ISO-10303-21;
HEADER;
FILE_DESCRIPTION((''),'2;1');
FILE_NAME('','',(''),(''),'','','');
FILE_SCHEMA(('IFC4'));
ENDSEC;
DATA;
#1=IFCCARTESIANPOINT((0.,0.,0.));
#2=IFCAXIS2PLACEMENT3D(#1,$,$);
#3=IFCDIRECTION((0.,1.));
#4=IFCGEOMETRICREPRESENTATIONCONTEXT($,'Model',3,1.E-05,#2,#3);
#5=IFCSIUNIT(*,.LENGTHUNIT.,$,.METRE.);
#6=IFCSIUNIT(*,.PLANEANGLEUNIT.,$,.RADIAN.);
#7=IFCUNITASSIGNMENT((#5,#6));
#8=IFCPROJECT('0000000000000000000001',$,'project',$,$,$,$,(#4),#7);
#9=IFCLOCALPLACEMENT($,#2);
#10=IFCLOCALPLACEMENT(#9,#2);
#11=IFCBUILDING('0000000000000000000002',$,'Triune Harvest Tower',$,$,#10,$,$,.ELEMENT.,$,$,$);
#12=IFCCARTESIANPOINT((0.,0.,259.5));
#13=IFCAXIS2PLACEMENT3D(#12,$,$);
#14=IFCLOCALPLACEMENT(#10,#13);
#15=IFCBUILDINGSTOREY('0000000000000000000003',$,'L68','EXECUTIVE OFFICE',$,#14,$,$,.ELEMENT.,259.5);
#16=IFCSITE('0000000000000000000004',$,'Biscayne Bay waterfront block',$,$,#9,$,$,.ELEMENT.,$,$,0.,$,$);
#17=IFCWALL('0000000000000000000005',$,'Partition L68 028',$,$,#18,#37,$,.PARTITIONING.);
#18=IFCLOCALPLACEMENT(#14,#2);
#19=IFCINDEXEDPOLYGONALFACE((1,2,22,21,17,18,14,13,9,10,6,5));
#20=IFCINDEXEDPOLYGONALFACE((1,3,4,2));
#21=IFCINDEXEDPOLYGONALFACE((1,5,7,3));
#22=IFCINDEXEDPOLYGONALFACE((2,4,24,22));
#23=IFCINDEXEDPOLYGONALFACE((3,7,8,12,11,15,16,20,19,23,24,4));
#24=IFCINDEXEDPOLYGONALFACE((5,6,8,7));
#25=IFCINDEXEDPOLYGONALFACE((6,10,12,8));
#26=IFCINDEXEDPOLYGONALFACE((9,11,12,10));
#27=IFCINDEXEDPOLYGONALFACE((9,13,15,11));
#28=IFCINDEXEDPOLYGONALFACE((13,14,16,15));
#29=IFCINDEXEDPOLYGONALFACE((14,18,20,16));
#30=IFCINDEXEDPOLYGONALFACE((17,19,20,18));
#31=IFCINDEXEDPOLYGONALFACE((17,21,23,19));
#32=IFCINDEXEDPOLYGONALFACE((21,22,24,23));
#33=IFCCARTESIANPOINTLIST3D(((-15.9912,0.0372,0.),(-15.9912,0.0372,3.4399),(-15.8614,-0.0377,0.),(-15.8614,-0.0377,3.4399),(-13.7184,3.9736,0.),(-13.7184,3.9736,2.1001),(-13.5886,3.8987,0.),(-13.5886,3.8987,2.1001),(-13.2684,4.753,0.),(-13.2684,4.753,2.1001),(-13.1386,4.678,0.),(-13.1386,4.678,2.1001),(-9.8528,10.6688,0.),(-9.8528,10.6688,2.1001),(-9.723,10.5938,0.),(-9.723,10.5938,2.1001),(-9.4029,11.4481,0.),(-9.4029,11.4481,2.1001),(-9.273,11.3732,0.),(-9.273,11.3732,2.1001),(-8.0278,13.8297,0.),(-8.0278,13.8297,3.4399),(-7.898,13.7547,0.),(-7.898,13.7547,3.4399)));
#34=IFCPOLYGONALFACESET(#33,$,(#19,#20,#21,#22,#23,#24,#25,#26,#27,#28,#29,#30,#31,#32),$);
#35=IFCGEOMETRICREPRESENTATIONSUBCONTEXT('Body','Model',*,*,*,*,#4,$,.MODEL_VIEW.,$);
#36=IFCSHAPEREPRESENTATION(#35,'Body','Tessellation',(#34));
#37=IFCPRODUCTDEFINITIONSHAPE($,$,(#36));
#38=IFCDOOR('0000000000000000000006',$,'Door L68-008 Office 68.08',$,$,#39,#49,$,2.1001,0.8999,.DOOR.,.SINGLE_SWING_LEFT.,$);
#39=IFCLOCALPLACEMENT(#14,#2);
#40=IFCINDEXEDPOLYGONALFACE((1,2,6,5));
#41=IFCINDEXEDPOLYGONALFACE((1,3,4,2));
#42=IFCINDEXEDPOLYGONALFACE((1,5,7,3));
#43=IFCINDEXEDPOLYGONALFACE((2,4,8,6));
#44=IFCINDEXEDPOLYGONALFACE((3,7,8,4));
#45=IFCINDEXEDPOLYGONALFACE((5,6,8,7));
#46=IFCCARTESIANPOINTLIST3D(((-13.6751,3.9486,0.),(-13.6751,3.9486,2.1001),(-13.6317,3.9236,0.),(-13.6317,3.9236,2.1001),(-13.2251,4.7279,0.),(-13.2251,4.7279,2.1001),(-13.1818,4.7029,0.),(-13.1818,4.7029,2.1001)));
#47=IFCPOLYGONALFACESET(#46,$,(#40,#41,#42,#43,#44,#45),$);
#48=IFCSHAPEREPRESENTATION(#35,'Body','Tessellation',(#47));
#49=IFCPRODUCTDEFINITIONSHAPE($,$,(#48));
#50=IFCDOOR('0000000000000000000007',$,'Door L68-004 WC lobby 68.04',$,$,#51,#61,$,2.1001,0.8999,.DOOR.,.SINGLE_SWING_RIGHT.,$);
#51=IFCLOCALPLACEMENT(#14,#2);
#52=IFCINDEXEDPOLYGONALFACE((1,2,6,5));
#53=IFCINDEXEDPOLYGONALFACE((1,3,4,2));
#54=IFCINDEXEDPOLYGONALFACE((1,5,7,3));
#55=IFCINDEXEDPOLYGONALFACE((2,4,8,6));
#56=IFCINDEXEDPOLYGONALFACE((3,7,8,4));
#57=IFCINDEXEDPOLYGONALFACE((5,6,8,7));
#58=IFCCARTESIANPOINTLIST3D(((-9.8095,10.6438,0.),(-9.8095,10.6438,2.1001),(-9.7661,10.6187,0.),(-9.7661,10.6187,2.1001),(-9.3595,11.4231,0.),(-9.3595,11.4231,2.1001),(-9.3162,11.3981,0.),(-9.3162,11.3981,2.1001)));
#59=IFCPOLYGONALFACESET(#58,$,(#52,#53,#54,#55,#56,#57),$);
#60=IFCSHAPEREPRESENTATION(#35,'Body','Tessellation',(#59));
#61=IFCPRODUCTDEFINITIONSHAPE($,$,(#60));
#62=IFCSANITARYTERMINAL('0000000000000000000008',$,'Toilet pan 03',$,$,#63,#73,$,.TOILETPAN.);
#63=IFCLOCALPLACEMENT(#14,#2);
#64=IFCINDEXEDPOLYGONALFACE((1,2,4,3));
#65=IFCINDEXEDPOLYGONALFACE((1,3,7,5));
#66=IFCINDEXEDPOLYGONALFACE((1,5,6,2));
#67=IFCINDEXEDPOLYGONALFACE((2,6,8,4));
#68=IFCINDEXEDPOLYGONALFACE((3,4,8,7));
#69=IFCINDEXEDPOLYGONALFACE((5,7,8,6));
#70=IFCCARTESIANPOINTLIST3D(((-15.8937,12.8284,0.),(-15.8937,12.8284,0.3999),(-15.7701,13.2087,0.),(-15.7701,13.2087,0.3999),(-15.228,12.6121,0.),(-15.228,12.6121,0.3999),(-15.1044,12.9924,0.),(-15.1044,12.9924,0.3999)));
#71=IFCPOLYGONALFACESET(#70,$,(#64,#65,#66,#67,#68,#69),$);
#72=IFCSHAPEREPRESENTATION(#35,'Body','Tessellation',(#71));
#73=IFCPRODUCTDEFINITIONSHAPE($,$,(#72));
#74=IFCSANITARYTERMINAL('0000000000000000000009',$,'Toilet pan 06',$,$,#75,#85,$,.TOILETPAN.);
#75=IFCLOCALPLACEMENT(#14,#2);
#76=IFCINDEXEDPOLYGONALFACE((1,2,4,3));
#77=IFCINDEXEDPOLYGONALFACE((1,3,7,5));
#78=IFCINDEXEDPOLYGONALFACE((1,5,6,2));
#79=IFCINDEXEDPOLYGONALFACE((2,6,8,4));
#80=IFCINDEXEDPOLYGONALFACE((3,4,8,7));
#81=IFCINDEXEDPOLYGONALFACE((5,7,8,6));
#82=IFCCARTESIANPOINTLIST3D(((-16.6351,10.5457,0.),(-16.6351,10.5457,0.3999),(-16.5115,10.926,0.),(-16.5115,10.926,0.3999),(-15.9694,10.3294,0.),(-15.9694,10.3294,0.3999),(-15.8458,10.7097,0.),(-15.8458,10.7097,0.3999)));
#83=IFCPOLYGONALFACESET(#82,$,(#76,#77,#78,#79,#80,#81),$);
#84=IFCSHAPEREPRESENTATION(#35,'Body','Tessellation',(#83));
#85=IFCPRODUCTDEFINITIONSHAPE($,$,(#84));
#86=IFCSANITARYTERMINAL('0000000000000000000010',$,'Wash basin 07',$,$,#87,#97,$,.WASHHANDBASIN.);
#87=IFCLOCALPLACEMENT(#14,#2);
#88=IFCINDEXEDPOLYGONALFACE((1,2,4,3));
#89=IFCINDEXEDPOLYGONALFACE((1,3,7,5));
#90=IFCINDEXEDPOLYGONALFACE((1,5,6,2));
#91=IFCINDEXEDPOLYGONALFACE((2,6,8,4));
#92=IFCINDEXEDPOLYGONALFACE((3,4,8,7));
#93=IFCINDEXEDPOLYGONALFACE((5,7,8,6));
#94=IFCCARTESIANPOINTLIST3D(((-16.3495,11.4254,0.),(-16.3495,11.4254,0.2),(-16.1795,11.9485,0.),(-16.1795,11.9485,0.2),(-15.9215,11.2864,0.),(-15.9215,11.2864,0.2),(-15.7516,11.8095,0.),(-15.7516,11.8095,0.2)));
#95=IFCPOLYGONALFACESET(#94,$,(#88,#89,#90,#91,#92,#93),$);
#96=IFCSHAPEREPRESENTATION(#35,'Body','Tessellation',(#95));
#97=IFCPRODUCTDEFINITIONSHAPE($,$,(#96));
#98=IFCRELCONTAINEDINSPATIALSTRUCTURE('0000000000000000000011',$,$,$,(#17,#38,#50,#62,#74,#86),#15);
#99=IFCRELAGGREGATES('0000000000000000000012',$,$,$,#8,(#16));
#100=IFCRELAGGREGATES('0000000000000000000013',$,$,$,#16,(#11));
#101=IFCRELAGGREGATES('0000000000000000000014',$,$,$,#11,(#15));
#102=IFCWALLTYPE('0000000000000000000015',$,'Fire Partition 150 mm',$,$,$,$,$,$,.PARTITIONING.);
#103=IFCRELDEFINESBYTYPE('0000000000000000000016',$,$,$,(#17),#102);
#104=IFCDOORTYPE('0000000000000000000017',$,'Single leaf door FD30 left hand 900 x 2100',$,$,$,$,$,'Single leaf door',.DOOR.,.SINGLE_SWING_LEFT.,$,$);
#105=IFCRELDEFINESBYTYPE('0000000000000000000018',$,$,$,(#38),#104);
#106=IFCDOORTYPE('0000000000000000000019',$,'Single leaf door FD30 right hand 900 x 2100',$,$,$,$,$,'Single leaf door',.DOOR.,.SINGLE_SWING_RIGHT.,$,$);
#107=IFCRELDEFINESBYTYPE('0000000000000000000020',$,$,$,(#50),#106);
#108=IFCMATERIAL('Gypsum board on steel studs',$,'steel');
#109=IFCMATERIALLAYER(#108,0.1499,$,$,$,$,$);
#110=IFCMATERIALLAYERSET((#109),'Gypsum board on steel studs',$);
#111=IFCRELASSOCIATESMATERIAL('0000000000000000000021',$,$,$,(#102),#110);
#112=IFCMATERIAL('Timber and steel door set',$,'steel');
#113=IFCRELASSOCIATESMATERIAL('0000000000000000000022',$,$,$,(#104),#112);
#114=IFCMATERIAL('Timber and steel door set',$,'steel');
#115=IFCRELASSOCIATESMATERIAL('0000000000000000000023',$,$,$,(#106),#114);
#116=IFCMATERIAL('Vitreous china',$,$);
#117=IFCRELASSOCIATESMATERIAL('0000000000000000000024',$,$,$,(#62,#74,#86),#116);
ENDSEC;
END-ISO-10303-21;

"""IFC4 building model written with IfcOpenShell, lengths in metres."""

from ifc_helpers import new_model, si_unit, direction, frame, frame_2d, origin, origin_2d, place, context, subcontext, project, spatial, rectangle, extrude, source, transform, mapped, material, layer, layer_set, type_object, element, fill, save


model = new_model("IFC4")

# Units and contexts
model_context = context("Model", 3, precision=1e-05, world=origin(), true_north=direction((0.0, 1.0)))
body_context = subcontext(model_context, "Body", "Model", "MODEL_VIEW")
ifc_project = project(units=[si_unit("LENGTHUNIT", "METRE"), si_unit("PLANEANGLEUNIT", "RADIAN")], contexts=[model_context])

# Site, building, storey
site_placement = place(None, origin())
site = spatial("IfcSite", under=ifc_project, at=site_placement, Name="Biscayne Bay waterfront block", CompositionType="ELEMENT", RefElevation=0.0)
building_placement = place(site_placement, origin())
building = spatial("IfcBuilding", under=site, at=building_placement, Name="Triune Harvest Tower", CompositionType="ELEMENT")
storey_placement = place(building_placement, frame((0.0, 0.0, 259.5)))
storey = spatial("IfcBuildingStorey", under=building, at=storey_placement, Name="L68", Description="EXECUTIVE OFFICE", CompositionType="ELEMENT", Elevation=259.5)

# Shared definitions
ifc_material_1 = material(Name="Gypsum board on steel studs", Category="steel")
ifc_layer_1 = layer(ifc_material_1, 0.1499)
ifc_layer_set_1 = layer_set([ifc_layer_1], Name="Gypsum board on steel studs")
wall_type_1 = type_object("IfcWallType", Name="Fire Partition 150 mm", PredefinedType="PARTITIONING", material=ifc_layer_set_1)

# Wall, openings, doors
shared_shape_1 = source(origin(), body_context, "Body", "SweptSolid", [
    extrude(rectangle(XDim=15.9263, YDim=0.1499, at=frame_2d((7.9631, 0.0))), origin(), (0.0, 0.0, 1.0), 3.4399),
])
wall_1_placement = place(storey_placement, frame((-15.9263, -0.0002, 0.0), z_axis=(0.0, 0.0, 1.0), x_axis=(0.500013, 0.866018, 0.0)))
wall_1 = element("IfcWall", 1, at=wall_1_placement, inside=storey, type_object=wall_type_1, Name="Partition L68 028", PredefinedType="PARTITIONING", context=body_context, shape_type="MappedRepresentation", body=[
    mapped(shared_shape_1, transform((0.0, 0.0, 0.0), scale=1.0)),
])
opening_1_placement = place(wall_1_placement, frame((12.2764, 0.0, 0.0)))
opening_1 = element("IfcOpeningElement", 2, at=opening_1_placement, cuts=wall_1, PredefinedType="OPENING", context=body_context, shape_type="SweptSolid", body=[
    extrude(rectangle(XDim=0.8999, YDim=2.1001, at=frame_2d((0.45, 1.05))), frame((0.0, 0.085, 0.0), z_axis=(0.0, -1.0, 0.0), x_axis=(1.0, 0.0, 0.0)), (0.0, 0.0, 1.0), 0.1699),
])
opening_2_placement = place(wall_1_placement, frame((4.5454, 0.0, 0.0)))
opening_2 = element("IfcOpeningElement", 3, at=opening_2_placement, cuts=wall_1, PredefinedType="OPENING", context=body_context, shape_type="SweptSolid", body=[
    extrude(rectangle(XDim=0.8999, YDim=2.1001, at=frame_2d((0.45, 1.05))), frame((0.0, 0.085, 0.0), z_axis=(0.0, -1.0, 0.0), x_axis=(1.0, 0.0, 0.0)), (0.0, 0.0, 1.0), 0.1699),
])
ifc_material_2 = material(Name="Timber and steel door set", Category="steel")
door_type_1 = type_object("IfcDoorType", Name="Single leaf door FD30 left hand 900 x 2100", ElementType="Single leaf door", OperationType="SINGLE_SWING_LEFT", PredefinedType="DOOR", material=ifc_material_2)
door_1_placement = place(opening_2_placement, origin())
door_1 = element("IfcDoor", 4, at=door_1_placement, inside=storey, type_object=door_type_1, Name="Door L68-008 Office 68.08", OperationType="SINGLE_SWING_LEFT", OverallHeight=2.1001, OverallWidth=0.8999, PredefinedType="DOOR", context=body_context, shape_type="SweptSolid", body=[
    extrude(rectangle(XDim=0.8999, YDim=2.1001, at=frame_2d((0.45, 1.05))), frame((0.0, 0.0249, 0.0), z_axis=(0.0, -1.0, 0.0), x_axis=(1.0, 0.0, 0.0)), (0.0, 0.0, 1.0), 0.05),
])
fill(opening_2, door_1)
ifc_material_3 = material(Name="Timber and steel door set", Category="steel")
door_type_2 = type_object("IfcDoorType", Name="Single leaf door FD30 right hand 900 x 2100", ElementType="Single leaf door", OperationType="SINGLE_SWING_RIGHT", PredefinedType="DOOR", material=ifc_material_3)
door_2_placement = place(opening_1_placement, origin())
door_2 = element("IfcDoor", 5, at=door_2_placement, inside=storey, type_object=door_type_2, Name="Door L68-004 WC lobby 68.04", OperationType="SINGLE_SWING_RIGHT", OverallHeight=2.1001, OverallWidth=0.8999, PredefinedType="DOOR", context=body_context, shape_type="SweptSolid", body=[
    extrude(rectangle(XDim=0.8999, YDim=2.1001, at=frame_2d((0.45, 1.05))), frame((0.0, 0.0249, 0.0), z_axis=(0.0, -1.0, 0.0), x_axis=(1.0, 0.0, 0.0)), (0.0, 0.0, 1.0), 0.05),
])
fill(opening_1, door_2)

# Sanitary terminals
ifc_material_4 = material(Name="Vitreous china")
shared_shape_2 = source(origin(), body_context, "Body", "SweptSolid", [
    extrude(rectangle(XDim=0.3999, YDim=0.7, at=origin_2d()), origin(), (0.0, 0.0, 1.0), 0.3999),
])
for number, where, z_axis, x_axis, name in (
    (6, (-15.499, 12.9104, 0.0), (0.0, 0.0, 1.0), (0.309, 0.951062, 0.0), "Toilet pan 03"),
    (7, (-16.2405, 10.6277, 0.0), (0.0, 0.0, 1.0), (0.308984, 0.951067, 0.0), "Toilet pan 06"),
):
    element("IfcSanitaryTerminal", number, at=place(storey_placement, frame(where, z_axis=z_axis, x_axis=x_axis)), inside=storey, material=ifc_material_4, Name=name, PredefinedType="TOILETPAN", context=body_context, shape_type="MappedRepresentation", body=[
        mapped(shared_shape_2, transform((0.0, 0.0, 0.0), scale=1.0)),
    ])
shared_shape_3 = source(origin(), body_context, "Body", "SweptSolid", [
    extrude(rectangle(XDim=0.55, YDim=0.45, at=origin_2d()), origin(), (0.0, 0.0, 1.0), 0.2),
])
sanitary_terminal_placement = place(storey_placement, frame((-16.0505, 11.6174, 0.0), z_axis=(0.0, 0.0, 1.0), x_axis=(0.308984, 0.951067, 0.0)))
element("IfcSanitaryTerminal", 8, at=sanitary_terminal_placement, inside=storey, material=ifc_material_4, Name="Wash basin 07", PredefinedType="WASHHANDBASIN", context=body_context, shape_type="MappedRepresentation", body=[
    mapped(shared_shape_3, transform((0.0, 0.0, 0.0), scale=1.0)),
])

save(model, "model.ifc")
